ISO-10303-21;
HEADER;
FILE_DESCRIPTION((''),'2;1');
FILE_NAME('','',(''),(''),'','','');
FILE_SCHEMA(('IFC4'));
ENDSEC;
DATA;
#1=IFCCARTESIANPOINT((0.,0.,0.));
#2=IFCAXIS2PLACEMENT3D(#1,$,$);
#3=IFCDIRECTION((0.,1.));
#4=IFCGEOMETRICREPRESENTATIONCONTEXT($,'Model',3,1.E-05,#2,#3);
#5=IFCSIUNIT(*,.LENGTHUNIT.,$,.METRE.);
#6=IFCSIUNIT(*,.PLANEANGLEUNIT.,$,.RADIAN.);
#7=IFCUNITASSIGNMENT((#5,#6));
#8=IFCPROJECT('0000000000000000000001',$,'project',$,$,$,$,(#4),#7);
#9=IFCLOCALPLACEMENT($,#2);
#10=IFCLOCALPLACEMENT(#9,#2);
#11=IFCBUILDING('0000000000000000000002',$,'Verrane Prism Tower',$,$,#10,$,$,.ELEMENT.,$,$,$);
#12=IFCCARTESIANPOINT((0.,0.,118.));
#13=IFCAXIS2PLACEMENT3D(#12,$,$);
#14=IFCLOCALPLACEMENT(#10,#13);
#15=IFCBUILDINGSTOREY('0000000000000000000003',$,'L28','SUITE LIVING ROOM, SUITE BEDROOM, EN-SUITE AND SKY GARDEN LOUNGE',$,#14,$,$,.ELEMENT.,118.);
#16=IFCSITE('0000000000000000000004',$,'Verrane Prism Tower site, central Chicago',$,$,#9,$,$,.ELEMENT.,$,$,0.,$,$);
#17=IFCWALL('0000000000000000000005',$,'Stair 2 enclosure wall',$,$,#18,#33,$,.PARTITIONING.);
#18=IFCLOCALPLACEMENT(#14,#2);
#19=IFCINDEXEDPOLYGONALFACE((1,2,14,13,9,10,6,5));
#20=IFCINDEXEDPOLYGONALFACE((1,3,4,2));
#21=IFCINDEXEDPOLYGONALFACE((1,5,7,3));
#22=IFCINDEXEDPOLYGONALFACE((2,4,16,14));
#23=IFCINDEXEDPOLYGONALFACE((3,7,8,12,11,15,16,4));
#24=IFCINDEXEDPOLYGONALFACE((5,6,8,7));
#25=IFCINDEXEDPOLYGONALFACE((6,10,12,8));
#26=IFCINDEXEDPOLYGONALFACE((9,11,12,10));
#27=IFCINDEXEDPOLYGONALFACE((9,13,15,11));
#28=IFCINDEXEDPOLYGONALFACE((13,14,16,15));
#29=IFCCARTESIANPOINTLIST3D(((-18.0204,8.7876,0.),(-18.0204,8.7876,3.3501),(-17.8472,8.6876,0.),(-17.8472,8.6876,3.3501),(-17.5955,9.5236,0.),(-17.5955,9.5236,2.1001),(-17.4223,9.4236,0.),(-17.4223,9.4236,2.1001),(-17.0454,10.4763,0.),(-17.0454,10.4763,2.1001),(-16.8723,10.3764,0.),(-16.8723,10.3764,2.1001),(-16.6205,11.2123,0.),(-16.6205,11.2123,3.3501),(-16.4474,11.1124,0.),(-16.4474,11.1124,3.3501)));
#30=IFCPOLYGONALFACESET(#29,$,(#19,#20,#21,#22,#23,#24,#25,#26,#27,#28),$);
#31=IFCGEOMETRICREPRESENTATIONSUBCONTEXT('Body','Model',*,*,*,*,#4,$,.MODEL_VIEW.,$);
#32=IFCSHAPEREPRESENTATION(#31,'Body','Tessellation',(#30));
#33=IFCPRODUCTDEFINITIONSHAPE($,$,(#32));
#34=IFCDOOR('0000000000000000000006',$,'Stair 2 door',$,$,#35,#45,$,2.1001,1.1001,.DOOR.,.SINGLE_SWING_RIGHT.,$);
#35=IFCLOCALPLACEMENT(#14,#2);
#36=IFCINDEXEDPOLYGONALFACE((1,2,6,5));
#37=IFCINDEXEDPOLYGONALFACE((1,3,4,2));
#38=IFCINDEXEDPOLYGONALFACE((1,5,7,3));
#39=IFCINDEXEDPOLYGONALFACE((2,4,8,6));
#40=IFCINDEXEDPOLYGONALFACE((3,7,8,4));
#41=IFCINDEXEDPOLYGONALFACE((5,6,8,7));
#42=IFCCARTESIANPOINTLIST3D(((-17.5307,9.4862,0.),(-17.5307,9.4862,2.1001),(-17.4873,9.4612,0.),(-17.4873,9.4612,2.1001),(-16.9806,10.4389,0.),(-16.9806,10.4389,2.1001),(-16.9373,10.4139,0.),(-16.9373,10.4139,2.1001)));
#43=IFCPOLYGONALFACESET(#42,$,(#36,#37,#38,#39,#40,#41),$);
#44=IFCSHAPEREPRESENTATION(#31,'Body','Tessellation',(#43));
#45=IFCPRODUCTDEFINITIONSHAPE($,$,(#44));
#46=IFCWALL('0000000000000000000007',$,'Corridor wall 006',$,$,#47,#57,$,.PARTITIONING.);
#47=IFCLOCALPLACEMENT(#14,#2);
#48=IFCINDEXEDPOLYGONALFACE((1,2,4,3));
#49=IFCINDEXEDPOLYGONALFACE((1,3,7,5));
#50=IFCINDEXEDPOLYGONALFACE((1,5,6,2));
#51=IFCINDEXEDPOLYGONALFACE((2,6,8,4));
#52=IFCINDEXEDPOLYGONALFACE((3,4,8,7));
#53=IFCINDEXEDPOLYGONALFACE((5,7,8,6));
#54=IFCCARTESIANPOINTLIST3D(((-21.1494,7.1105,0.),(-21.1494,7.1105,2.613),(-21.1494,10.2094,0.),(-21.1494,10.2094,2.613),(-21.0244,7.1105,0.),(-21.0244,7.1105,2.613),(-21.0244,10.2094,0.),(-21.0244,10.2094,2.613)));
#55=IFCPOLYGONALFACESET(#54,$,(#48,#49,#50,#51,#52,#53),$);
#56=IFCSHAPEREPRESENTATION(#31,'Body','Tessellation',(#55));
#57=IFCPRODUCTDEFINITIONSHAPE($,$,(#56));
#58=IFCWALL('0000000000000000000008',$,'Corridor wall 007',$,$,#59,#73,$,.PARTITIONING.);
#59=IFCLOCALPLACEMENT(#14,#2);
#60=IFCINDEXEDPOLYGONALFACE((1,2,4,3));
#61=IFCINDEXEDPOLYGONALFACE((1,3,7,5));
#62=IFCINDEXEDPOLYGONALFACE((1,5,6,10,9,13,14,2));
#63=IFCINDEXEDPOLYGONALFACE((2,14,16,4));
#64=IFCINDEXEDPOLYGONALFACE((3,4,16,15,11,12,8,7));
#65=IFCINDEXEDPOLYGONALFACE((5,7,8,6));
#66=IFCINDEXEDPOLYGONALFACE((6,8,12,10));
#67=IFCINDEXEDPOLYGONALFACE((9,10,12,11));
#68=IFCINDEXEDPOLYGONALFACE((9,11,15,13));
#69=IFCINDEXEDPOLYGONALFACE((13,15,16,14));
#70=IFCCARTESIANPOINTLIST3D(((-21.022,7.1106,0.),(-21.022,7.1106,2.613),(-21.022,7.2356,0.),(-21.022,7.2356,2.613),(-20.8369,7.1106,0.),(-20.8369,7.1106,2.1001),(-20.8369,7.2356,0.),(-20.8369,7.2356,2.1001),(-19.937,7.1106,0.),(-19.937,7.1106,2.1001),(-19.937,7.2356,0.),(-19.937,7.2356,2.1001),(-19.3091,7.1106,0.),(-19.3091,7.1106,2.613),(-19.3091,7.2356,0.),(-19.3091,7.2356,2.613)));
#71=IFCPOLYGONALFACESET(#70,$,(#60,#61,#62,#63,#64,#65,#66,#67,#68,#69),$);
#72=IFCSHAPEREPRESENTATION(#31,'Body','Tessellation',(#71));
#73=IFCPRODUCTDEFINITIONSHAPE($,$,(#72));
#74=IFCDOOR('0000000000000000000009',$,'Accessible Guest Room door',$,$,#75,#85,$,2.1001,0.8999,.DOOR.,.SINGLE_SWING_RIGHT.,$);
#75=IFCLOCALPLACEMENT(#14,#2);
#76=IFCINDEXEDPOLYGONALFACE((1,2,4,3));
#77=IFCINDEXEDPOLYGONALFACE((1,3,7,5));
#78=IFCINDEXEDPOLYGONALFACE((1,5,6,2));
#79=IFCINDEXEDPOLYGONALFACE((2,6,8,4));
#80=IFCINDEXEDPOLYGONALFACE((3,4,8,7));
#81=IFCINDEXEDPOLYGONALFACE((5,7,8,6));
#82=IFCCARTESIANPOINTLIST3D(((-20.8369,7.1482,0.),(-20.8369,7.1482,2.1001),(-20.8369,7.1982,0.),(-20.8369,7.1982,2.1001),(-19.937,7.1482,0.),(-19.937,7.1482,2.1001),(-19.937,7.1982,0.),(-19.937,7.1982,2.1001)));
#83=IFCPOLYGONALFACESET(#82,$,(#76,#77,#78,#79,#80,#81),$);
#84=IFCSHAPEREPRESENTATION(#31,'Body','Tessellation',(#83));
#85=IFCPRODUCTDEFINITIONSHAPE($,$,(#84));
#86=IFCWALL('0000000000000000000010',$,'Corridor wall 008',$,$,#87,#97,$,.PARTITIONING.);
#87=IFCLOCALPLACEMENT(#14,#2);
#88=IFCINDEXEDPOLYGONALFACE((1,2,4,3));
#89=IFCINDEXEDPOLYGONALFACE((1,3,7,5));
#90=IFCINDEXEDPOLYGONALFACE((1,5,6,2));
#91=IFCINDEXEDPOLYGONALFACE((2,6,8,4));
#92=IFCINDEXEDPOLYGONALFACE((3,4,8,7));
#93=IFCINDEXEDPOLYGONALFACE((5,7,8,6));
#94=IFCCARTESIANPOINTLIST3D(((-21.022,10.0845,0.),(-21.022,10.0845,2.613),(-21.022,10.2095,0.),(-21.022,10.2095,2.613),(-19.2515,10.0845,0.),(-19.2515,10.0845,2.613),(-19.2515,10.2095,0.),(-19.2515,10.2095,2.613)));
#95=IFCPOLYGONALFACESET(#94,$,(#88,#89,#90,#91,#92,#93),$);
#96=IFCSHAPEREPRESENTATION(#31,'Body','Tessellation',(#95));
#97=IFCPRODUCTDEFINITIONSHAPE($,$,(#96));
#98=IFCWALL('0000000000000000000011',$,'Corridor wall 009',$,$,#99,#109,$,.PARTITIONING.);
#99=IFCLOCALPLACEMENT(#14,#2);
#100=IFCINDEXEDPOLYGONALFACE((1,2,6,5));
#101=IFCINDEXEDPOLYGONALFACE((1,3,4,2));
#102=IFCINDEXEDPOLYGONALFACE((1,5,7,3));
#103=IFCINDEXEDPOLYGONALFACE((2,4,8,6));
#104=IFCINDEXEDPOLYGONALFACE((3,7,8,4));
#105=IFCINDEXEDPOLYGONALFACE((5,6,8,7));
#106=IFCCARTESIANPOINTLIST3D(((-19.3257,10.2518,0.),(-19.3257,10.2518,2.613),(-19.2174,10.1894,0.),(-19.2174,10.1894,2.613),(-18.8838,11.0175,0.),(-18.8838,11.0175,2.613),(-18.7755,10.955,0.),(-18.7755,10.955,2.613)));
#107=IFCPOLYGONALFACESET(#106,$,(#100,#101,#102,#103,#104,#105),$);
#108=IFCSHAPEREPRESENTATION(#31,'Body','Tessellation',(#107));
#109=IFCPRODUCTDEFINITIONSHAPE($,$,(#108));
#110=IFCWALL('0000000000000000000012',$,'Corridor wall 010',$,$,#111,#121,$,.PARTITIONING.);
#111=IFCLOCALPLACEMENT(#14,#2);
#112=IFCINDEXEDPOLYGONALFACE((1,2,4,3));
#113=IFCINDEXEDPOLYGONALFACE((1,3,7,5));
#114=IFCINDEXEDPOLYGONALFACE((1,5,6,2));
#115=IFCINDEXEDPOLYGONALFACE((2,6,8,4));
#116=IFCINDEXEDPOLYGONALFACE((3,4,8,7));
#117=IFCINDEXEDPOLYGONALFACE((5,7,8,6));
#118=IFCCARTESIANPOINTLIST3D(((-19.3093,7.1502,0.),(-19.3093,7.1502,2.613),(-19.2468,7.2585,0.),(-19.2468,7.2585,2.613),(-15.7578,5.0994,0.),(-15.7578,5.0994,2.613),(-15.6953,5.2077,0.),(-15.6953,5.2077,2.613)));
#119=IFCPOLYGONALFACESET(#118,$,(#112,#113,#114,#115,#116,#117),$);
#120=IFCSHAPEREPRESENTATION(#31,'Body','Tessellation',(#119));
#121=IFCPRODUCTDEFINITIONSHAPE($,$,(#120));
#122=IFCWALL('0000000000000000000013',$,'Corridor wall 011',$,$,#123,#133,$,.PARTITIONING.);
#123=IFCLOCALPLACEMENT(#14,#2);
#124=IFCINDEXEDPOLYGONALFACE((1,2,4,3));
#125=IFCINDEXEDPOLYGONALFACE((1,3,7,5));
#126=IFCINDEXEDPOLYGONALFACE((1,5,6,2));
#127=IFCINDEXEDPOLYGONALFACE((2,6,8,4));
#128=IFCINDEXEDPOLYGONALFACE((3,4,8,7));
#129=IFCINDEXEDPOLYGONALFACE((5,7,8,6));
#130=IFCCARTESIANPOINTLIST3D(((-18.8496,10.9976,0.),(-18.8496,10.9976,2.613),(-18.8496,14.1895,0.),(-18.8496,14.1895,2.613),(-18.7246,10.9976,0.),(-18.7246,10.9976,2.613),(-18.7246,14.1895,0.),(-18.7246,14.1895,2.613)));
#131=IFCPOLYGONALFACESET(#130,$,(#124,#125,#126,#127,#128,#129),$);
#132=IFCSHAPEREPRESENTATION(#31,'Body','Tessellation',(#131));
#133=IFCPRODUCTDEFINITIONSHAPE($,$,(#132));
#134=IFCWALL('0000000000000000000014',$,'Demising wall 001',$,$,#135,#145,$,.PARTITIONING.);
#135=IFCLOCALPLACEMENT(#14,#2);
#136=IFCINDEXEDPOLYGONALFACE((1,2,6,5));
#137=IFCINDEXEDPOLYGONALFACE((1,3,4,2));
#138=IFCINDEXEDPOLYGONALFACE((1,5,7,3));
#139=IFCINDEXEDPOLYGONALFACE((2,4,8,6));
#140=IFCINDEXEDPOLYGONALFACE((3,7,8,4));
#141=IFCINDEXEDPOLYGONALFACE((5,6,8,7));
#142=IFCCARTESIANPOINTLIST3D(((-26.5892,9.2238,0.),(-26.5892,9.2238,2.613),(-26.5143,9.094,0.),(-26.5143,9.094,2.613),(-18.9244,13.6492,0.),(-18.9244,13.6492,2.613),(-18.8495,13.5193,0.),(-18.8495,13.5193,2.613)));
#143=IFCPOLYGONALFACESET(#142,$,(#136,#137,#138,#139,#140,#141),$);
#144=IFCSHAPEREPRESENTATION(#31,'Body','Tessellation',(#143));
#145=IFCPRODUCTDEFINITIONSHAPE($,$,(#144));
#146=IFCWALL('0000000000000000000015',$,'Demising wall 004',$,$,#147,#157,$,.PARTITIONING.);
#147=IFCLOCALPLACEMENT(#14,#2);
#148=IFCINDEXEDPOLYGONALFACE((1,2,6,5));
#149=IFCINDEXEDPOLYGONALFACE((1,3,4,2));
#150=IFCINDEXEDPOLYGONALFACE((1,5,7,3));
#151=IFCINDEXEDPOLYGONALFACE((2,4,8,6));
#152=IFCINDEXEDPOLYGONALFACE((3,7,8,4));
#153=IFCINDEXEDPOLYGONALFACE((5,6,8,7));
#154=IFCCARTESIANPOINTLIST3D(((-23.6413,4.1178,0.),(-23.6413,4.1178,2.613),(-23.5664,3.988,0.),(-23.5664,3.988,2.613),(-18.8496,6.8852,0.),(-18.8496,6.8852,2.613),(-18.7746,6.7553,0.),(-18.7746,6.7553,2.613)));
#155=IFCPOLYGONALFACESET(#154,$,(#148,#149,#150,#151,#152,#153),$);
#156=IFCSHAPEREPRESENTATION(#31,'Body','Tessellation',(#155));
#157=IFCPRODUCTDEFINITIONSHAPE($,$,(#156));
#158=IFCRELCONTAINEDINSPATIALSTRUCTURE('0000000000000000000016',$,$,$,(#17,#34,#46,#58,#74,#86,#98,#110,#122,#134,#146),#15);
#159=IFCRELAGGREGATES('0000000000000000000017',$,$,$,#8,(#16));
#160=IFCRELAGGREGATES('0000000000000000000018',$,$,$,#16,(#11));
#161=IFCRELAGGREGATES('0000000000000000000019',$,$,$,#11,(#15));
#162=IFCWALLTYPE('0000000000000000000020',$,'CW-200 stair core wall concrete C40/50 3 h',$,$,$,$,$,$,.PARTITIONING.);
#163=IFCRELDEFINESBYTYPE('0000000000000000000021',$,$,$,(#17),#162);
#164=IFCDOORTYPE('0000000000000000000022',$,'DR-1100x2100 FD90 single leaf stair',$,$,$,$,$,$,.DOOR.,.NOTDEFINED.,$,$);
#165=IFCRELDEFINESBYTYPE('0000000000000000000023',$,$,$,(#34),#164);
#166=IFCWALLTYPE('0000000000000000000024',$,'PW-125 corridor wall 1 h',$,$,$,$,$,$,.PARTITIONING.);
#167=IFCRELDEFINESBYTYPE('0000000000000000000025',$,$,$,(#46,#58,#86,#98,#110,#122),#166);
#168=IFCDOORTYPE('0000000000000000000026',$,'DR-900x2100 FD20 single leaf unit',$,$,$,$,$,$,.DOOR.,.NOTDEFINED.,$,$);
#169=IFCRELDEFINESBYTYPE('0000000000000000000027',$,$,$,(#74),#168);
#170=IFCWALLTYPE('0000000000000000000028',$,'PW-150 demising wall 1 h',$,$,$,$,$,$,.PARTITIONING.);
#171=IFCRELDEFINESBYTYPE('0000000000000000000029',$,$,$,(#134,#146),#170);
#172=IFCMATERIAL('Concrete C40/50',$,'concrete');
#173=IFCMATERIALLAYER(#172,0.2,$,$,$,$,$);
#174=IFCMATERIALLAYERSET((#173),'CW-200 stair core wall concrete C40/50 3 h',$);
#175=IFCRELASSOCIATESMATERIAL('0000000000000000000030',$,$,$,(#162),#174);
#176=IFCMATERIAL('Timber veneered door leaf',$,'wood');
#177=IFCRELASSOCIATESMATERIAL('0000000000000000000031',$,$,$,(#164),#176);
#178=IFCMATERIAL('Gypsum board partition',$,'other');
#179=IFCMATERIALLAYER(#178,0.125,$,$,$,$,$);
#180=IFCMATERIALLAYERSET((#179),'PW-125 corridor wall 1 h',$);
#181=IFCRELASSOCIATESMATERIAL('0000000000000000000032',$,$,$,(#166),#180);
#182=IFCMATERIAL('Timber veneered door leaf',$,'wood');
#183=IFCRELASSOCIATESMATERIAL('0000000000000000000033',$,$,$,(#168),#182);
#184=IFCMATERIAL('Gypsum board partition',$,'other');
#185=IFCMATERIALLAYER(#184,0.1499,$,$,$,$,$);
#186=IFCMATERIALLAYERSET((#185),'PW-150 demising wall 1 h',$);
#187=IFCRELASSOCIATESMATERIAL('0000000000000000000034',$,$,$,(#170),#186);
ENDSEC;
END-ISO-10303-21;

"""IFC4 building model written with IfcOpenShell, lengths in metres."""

from ifc_helpers import new_model, si_unit, direction, frame, frame_2d, origin, place, context, subcontext, project, spatial, rectangle, extrude, material, layer, layer_set, type_object, element, fill, save


model = new_model("IFC4")

# Units and contexts
model_context = context("Model", 3, precision=1e-05, world=origin(), true_north=direction((0.0, 1.0)))
body_context = subcontext(model_context, "Body", "Model", "MODEL_VIEW")
ifc_project = project(units=[si_unit("LENGTHUNIT", "METRE"), si_unit("PLANEANGLEUNIT", "RADIAN")], contexts=[model_context])

# Site, building, storey
site_placement = place(None, origin())
site = spatial("IfcSite", under=ifc_project, at=site_placement, Name="Verrane Prism Tower site, central Chicago", CompositionType="ELEMENT", RefElevation=0.0)
building_placement = place(site_placement, origin())
building = spatial("IfcBuilding", under=site, at=building_placement, Name="Verrane Prism Tower", CompositionType="ELEMENT")
storey_placement = place(building_placement, frame((0.0, 0.0, 118.0)))
storey = spatial("IfcBuildingStorey", under=building, at=storey_placement, Name="L28", Description="SUITE LIVING ROOM, SUITE BEDROOM, EN-SUITE AND SKY GARDEN LOUNGE", CompositionType="ELEMENT", Elevation=118.0)

# Wall, opening, door
ifc_material_1 = material(Name="Concrete C40/50", Category="concrete")
ifc_layer_1 = layer(ifc_material_1, 0.2)
ifc_layer_set_1 = layer_set([ifc_layer_1], Name="CW-200 stair core wall concrete C40/50 3 h")
wall_type_1 = type_object("IfcWallType", Name="CW-200 stair core wall concrete C40/50 3 h", PredefinedType="PARTITIONING", material=ifc_layer_set_1)
wall_1_placement = place(storey_placement, frame((-16.5339, 11.1624, 0.0), z_axis=(0.0, 0.0, 1.0), x_axis=(-0.499984, -0.866035, 0.0)))
wall_1 = element("IfcWall", 1, at=wall_1_placement, inside=storey, type_object=wall_type_1, Name="Stair 2 enclosure wall", PredefinedType="PARTITIONING", context=body_context, shape_type="SweptSolid", body=[
    extrude(rectangle(XDim=2.7998, YDim=0.2, at=frame_2d((1.3999, 0.0))), origin(), (0.0, 0.0, 1.0), 3.3501),
])
opening_1_placement = place(wall_1_placement, frame((0.8499, 0.0, 0.0)))
opening_1 = element("IfcOpeningElement", 2, at=opening_1_placement, cuts=wall_1, PredefinedType="OPENING", context=body_context, shape_type="SweptSolid", body=[
    extrude(rectangle(XDim=1.1001, YDim=2.1001, at=frame_2d((0.55, 1.05))), frame((0.0, 0.1099, 0.0), z_axis=(0.0, -1.0, 0.0), x_axis=(1.0, 0.0, 0.0)), (0.0, 0.0, 1.0), 0.22),
])
ifc_material_2 = material(Name="Timber veneered door leaf", Category="wood")
door_type_1 = type_object("IfcDoorType", Name="DR-1100x2100 FD90 single leaf stair", OperationType="NOTDEFINED", PredefinedType="DOOR", material=ifc_material_2)
door_1_placement = place(opening_1_placement, origin())
door_1 = element("IfcDoor", 3, at=door_1_placement, inside=storey, type_object=door_type_1, Name="Stair 2 door", OperationType="SINGLE_SWING_RIGHT", OverallHeight=2.1001, OverallWidth=1.1001, PredefinedType="DOOR", context=body_context, shape_type="SweptSolid", body=[
    extrude(rectangle(XDim=1.1001, YDim=2.1001, at=frame_2d((0.55, 1.05))), frame((0.0, 0.0249, 0.0), z_axis=(0.0, -1.0, 0.0), x_axis=(1.0, 0.0, 0.0)), (0.0, 0.0, 1.0), 0.05),
])
fill(opening_1, door_1)

# Wall
ifc_material_3 = material(Name="Gypsum board partition", Category="other")
ifc_layer_2 = layer(ifc_material_3, 0.125)
ifc_layer_set_2 = layer_set([ifc_layer_2], Name="PW-125 corridor wall 1 h")
wall_type_2 = type_object("IfcWallType", Name="PW-125 corridor wall 1 h", PredefinedType="PARTITIONING", material=ifc_layer_set_2)
wall_2_placement = place(storey_placement, frame((-21.0869, 7.1106, 0.0), z_axis=(0.0, 0.0, 1.0), x_axis=(0.0, 1.0, 0.0)))
element("IfcWall", 4, at=wall_2_placement, inside=storey, type_object=wall_type_2, Name="Corridor wall 006", PredefinedType="PARTITIONING", context=body_context, shape_type="SweptSolid", body=[
    extrude(rectangle(XDim=3.0989, YDim=0.125, at=frame_2d((1.5493, 0.0))), origin(), (0.0, 0.0, 1.0), 2.613),
])

# Wall, opening, door
wall_3_placement = place(storey_placement, frame((-19.3091, 7.1731, 0.0), z_axis=(0.0, 0.0, 1.0), x_axis=(-1.0, 0.0, 0.0)))
wall_3 = element("IfcWall", 5, at=wall_3_placement, inside=storey, type_object=wall_type_2, Name="Corridor wall 007", PredefinedType="PARTITIONING", context=body_context, shape_type="SweptSolid", body=[
    extrude(rectangle(XDim=1.7129, YDim=0.125, at=frame_2d((0.8564, 0.0))), origin(), (0.0, 0.0, 1.0), 2.613),
])
opening_2_placement = place(wall_3_placement, frame((0.6279, 0.0, 0.0)))
opening_2 = element("IfcOpeningElement", 6, at=opening_2_placement, cuts=wall_3, PredefinedType="OPENING", context=body_context, shape_type="SweptSolid", body=[
    extrude(rectangle(XDim=0.8999, YDim=2.1001, at=frame_2d((0.45, 1.05))), frame((0.0, 0.0725, 0.0), z_axis=(0.0, -1.0, 0.0), x_axis=(1.0, 0.0, 0.0)), (0.0, 0.0, 1.0), 0.145),
])
ifc_material_4 = material(Name="Timber veneered door leaf", Category="wood")
door_type_2 = type_object("IfcDoorType", Name="DR-900x2100 FD20 single leaf unit", OperationType="NOTDEFINED", PredefinedType="DOOR", material=ifc_material_4)
door_2_placement = place(opening_2_placement, origin())
door_2 = element("IfcDoor", 7, at=door_2_placement, inside=storey, type_object=door_type_2, Name="Accessible Guest Room door", OperationType="SINGLE_SWING_RIGHT", OverallHeight=2.1001, OverallWidth=0.8999, PredefinedType="DOOR", context=body_context, shape_type="SweptSolid", body=[
    extrude(rectangle(XDim=0.8999, YDim=2.1001, at=frame_2d((0.45, 1.05))), frame((0.0, 0.0249, 0.0), z_axis=(0.0, -1.0, 0.0), x_axis=(1.0, 0.0, 0.0)), (0.0, 0.0, 1.0), 0.05),
])
fill(opening_2, door_2)

# Walls
wall_4_placement = place(storey_placement, frame((-21.022, 10.147, 0.0), z_axis=(0.0, 0.0, 1.0), x_axis=(1.0, 0.0, 0.0)))
element("IfcWall", 8, at=wall_4_placement, inside=storey, type_object=wall_type_2, Name="Corridor wall 008", PredefinedType="PARTITIONING", context=body_context, shape_type="SweptSolid", body=[
    extrude(rectangle(XDim=1.7705, YDim=0.125, at=frame_2d((0.8853, 0.0))), origin(), (0.0, 0.0, 1.0), 2.613),
])
wall_5_placement = place(storey_placement, frame((-19.2715, 10.2207, 0.0), z_axis=(0.0, 0.0, 1.0), x_axis=(0.499882, 0.866094, 0.0)))
element("IfcWall", 9, at=wall_5_placement, inside=storey, type_object=wall_type_2, Name="Corridor wall 009", PredefinedType="PARTITIONING", context=body_context, shape_type="SweptSolid", body=[
    extrude(rectangle(XDim=0.884, YDim=0.125, at=frame_2d((0.4419, 0.0))), origin(), (0.0, 0.0, 1.0), 2.613),
])
wall_6_placement = place(storey_placement, frame((-19.2781, 7.2043, 0.0), z_axis=(0.0, 0.0, 1.0), x_axis=(0.865992, -0.500057, 0.0)))
element("IfcWall", 10, at=wall_6_placement, inside=storey, type_object=wall_type_2, Name="Corridor wall 010", PredefinedType="PARTITIONING", context=body_context, shape_type="SweptSolid", body=[
    extrude(rectangle(XDim=4.1011, YDim=0.125, at=frame_2d((2.0505, 0.0))), origin(), (0.0, 0.0, 1.0), 2.613),
])
wall_7_placement = place(storey_placement, frame((-18.7871, 10.9976, 0.0), z_axis=(0.0, 0.0, 1.0), x_axis=(0.0, 1.0, 0.0)))
element("IfcWall", 11, at=wall_7_placement, inside=storey, type_object=wall_type_2, Name="Corridor wall 011", PredefinedType="PARTITIONING", context=body_context, shape_type="SweptSolid", body=[
    extrude(rectangle(XDim=3.1919, YDim=0.125, at=frame_2d((1.5959, 0.0))), origin(), (0.0, 0.0, 1.0), 2.613),
])
ifc_material_5 = material(Name="Gypsum board partition", Category="other")
ifc_layer_3 = layer(ifc_material_5, 0.1499)
ifc_layer_set_3 = layer_set([ifc_layer_3], Name="PW-150 demising wall 1 h")
wall_type_3 = type_object("IfcWallType", Name="PW-150 demising wall 1 h", PredefinedType="PARTITIONING", material=ifc_layer_set_3)
wall_8_placement = place(storey_placement, frame((-26.5518, 9.1589, 0.0), z_axis=(0.0, 0.0, 1.0), x_axis=(0.866024, 0.500002, 0.0)))
element("IfcWall", 12, at=wall_8_placement, inside=storey, type_object=wall_type_3, Name="Demising wall 001", PredefinedType="PARTITIONING", context=body_context, shape_type="SweptSolid", body=[
    extrude(rectangle(XDim=8.8506, YDim=0.1499, at=frame_2d((4.4253, 0.0))), origin(), (0.0, 0.0, 1.0), 2.613),
])
wall_9_placement = place(storey_placement, frame((-23.6038, 4.053, 0.0), z_axis=(0.0, 0.0, 1.0), x_axis=(0.865961, 0.500111, 0.0)))
element("IfcWall", 13, at=wall_9_placement, inside=storey, type_object=wall_type_3, Name="Demising wall 004", PredefinedType="PARTITIONING", context=body_context, shape_type="SweptSolid", body=[
    extrude(rectangle(XDim=5.5334, YDim=0.1499, at=frame_2d((2.7666, 0.0))), origin(), (0.0, 0.0, 1.0), 2.613),
])

save(model, "model.ifc")
